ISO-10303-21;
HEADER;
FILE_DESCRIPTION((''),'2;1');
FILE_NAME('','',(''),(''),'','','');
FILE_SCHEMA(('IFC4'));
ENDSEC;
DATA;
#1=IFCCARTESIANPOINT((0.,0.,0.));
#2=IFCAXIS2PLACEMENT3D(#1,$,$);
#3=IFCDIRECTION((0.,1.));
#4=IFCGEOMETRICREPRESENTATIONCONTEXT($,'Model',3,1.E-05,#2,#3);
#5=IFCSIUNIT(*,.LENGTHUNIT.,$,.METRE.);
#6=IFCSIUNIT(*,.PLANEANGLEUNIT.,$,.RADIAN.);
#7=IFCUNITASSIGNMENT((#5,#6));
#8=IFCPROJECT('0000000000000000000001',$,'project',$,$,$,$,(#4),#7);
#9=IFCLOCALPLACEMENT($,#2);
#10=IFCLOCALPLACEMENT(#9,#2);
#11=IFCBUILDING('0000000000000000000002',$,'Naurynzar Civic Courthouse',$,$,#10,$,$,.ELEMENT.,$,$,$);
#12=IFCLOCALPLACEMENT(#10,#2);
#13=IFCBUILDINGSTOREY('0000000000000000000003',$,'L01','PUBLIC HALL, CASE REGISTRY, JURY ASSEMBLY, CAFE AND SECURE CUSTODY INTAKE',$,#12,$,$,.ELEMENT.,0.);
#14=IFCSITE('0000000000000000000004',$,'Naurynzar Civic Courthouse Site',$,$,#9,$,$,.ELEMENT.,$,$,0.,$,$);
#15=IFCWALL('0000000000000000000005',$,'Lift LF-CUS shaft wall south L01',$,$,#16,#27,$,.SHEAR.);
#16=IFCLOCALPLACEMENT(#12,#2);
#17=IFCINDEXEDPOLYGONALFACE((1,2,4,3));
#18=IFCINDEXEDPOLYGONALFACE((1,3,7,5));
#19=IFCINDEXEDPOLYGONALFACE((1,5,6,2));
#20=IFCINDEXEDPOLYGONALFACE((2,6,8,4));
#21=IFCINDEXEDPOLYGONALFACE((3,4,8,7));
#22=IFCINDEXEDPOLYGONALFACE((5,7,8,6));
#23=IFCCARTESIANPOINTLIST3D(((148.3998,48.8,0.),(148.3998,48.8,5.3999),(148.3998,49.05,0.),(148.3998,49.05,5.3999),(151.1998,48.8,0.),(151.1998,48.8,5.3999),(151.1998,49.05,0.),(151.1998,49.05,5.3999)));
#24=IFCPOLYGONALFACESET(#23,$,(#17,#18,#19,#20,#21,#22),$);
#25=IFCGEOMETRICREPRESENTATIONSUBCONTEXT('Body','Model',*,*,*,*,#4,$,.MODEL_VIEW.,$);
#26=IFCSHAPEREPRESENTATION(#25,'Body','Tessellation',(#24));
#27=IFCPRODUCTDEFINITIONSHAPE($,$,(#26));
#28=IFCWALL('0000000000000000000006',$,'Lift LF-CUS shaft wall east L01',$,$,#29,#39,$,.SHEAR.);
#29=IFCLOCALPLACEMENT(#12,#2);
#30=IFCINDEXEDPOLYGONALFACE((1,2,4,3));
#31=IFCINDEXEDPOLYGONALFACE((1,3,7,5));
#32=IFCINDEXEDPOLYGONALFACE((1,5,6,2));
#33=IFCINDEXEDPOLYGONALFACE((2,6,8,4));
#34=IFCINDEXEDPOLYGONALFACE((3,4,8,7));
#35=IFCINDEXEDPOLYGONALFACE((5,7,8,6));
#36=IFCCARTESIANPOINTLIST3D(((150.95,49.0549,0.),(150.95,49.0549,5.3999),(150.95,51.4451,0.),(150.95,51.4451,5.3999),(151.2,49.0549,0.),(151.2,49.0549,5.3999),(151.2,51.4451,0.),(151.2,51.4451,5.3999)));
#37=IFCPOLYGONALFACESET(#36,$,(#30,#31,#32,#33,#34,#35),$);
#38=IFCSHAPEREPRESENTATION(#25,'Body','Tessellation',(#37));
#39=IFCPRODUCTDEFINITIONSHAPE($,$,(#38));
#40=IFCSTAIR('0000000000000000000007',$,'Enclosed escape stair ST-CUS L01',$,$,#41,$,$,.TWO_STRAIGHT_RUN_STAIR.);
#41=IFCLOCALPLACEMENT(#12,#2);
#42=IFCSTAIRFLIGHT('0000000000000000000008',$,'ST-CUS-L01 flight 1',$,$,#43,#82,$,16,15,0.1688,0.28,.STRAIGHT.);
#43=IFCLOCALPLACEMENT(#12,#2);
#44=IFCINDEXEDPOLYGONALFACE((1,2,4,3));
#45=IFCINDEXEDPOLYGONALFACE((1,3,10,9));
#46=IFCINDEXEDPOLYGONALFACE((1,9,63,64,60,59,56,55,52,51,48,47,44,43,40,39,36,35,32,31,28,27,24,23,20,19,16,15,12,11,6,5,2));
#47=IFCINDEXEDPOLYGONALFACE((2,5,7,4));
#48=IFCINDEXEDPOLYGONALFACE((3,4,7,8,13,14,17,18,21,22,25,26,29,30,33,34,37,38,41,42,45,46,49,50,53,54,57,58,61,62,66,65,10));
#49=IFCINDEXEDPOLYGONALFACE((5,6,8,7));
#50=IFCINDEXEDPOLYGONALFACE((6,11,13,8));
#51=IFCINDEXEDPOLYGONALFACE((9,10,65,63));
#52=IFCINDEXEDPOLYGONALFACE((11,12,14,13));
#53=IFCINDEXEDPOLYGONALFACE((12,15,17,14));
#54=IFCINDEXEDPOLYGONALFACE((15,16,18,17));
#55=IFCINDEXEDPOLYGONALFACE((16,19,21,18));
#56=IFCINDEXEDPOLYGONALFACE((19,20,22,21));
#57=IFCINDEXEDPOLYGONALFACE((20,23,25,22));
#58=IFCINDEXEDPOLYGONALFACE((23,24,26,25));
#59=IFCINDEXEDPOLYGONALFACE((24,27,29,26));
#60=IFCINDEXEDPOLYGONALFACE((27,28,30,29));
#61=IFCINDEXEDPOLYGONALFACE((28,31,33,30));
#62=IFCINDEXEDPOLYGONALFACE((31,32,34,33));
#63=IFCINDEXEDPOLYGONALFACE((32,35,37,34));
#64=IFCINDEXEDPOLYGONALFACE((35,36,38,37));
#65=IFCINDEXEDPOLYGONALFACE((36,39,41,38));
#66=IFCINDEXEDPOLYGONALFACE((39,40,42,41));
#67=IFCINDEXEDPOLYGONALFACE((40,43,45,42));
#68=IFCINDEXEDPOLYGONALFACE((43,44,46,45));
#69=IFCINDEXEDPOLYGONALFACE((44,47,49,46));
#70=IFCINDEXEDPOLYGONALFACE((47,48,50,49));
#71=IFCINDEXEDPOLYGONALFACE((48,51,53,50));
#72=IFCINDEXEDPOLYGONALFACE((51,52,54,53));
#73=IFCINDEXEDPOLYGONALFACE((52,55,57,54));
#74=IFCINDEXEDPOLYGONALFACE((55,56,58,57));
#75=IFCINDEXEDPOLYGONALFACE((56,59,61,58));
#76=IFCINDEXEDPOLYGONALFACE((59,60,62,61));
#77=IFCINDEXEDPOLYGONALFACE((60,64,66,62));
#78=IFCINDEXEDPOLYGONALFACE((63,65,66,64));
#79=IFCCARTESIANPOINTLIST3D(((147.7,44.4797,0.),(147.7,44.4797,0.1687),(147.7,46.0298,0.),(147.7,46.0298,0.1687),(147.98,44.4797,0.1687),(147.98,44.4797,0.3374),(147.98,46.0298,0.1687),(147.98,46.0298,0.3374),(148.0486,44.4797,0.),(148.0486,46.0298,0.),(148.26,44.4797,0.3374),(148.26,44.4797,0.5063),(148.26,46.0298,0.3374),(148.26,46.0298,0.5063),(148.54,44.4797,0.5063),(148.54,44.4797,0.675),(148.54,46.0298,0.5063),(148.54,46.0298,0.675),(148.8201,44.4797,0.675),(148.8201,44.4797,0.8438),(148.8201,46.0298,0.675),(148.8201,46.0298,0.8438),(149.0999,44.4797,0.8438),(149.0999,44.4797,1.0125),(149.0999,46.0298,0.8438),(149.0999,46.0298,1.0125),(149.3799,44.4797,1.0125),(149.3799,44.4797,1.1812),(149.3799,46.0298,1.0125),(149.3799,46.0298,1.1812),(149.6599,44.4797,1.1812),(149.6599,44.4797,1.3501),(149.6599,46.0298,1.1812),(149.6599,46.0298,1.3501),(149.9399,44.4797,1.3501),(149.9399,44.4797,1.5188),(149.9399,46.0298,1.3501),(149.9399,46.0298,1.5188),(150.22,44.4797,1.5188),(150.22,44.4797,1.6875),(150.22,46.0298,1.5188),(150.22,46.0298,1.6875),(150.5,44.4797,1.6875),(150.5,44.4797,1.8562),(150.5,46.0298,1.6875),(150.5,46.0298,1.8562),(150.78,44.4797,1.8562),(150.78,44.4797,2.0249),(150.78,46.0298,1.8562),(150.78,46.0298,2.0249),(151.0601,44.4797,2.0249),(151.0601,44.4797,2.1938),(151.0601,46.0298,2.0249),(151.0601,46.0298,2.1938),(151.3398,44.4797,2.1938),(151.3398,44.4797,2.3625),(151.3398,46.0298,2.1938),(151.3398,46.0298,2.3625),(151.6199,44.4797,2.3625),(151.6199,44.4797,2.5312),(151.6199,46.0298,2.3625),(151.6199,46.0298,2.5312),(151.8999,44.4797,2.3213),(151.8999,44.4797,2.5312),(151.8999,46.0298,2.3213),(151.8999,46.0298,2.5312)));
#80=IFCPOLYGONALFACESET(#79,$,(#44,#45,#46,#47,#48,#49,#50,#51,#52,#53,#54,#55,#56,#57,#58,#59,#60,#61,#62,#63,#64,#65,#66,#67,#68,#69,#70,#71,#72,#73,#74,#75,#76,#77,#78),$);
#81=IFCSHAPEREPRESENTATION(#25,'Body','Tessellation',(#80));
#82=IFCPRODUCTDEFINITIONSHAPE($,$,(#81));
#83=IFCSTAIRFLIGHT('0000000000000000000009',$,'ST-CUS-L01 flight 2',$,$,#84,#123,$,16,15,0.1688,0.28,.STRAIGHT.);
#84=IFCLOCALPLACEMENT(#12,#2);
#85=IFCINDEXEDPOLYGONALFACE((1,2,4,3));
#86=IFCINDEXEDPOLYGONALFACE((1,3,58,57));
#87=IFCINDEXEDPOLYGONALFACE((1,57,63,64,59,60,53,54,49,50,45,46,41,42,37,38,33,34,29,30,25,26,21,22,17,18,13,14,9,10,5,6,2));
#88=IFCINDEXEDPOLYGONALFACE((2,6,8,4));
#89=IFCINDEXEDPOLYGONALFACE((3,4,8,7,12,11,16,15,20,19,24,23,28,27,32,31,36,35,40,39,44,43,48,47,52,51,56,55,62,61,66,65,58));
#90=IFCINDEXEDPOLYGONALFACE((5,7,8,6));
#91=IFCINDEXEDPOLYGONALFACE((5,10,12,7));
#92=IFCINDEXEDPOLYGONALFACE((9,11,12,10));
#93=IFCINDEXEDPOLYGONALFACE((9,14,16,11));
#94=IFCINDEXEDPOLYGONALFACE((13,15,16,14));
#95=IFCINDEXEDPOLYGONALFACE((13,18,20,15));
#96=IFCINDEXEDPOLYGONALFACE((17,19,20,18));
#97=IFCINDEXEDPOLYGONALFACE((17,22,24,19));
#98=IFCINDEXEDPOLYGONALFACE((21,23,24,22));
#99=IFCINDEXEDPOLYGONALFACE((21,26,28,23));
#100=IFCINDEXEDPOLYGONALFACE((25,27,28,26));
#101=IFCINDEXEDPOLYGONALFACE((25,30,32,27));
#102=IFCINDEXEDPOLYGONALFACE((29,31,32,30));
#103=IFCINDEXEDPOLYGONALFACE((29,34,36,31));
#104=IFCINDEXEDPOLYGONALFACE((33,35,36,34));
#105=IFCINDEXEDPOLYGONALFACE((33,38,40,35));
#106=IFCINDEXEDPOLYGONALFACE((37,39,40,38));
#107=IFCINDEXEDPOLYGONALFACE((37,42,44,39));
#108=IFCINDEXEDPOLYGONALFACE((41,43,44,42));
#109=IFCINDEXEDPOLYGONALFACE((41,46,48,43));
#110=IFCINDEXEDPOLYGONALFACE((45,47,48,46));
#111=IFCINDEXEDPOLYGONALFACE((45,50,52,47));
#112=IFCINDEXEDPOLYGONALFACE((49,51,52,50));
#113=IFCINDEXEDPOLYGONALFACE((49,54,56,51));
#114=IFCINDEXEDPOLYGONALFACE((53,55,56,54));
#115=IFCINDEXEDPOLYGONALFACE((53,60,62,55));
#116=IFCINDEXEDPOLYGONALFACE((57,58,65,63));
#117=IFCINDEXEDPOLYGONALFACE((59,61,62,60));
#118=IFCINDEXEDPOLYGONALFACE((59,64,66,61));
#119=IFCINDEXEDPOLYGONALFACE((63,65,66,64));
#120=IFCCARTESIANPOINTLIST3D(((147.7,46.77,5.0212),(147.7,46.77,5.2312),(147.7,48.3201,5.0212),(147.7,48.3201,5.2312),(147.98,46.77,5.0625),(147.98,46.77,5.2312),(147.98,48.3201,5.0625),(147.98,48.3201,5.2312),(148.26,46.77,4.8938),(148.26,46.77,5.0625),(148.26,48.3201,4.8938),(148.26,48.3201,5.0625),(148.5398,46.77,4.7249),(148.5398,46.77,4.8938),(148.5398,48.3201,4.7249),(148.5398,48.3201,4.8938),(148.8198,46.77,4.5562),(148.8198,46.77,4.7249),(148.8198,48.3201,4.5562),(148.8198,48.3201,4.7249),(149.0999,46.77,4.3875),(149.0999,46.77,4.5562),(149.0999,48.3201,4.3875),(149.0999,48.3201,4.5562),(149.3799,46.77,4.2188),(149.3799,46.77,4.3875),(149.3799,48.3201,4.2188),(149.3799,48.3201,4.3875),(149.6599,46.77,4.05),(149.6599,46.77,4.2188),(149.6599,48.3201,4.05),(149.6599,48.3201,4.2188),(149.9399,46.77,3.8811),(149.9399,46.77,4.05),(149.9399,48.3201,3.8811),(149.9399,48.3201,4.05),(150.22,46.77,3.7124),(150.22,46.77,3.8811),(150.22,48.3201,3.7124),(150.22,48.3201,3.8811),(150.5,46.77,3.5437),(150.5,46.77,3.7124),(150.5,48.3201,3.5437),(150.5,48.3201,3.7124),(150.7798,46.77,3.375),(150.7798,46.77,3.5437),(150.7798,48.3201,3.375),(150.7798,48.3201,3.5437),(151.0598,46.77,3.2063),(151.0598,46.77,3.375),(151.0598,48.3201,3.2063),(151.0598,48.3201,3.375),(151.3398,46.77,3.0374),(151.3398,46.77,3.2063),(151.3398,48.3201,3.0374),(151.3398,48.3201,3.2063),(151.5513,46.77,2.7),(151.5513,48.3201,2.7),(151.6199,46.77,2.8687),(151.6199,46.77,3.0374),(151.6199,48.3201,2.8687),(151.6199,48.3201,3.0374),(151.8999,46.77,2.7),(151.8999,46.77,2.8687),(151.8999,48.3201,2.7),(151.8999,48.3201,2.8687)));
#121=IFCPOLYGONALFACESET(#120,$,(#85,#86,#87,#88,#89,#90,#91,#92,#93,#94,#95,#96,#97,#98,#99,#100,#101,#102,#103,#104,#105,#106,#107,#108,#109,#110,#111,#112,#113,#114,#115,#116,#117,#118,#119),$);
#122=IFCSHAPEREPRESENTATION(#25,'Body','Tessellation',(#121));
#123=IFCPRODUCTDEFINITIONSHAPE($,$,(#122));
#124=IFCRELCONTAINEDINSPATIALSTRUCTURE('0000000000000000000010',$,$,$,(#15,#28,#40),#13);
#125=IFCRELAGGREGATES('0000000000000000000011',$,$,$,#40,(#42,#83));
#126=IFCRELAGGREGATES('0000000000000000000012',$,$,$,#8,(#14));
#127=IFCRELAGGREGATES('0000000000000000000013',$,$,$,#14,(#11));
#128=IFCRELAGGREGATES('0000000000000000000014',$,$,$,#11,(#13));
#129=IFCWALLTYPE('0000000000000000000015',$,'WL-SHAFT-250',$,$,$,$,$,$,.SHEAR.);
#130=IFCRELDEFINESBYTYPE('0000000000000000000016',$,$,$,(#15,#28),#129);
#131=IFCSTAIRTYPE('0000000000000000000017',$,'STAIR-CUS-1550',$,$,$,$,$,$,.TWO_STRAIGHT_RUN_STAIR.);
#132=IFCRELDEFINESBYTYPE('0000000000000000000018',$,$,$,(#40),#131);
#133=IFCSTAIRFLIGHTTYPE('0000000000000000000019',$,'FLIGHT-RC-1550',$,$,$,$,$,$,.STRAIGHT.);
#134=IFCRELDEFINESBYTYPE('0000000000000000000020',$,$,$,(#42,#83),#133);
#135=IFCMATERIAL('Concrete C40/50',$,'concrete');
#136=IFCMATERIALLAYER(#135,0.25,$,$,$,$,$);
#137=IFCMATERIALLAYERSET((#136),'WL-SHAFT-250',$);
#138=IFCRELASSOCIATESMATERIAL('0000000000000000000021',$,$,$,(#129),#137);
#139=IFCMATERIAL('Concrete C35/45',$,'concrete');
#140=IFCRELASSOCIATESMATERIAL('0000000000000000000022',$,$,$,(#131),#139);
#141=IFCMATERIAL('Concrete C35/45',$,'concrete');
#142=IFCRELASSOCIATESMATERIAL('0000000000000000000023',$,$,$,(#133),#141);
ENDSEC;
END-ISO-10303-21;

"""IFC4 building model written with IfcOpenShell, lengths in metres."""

from ifc_helpers import new_model, si_unit, direction, frame, frame_2d, origin, place, context, subcontext, project, spatial, polyline, rectangle, outline, extrude, material, layer, layer_set, type_object, element, aggregate, save


model = new_model("IFC4")

# Units and contexts
model_context = context("Model", 3, precision=1e-05, world=origin(), true_north=direction((0.0, 1.0)))
body_context = subcontext(model_context, "Body", "Model", "MODEL_VIEW")
ifc_project = project(units=[si_unit("LENGTHUNIT", "METRE"), si_unit("PLANEANGLEUNIT", "RADIAN")], contexts=[model_context])

# Site, building, storey
site_placement = place(None, origin())
site = spatial("IfcSite", under=ifc_project, at=site_placement, Name="Naurynzar Civic Courthouse Site", CompositionType="ELEMENT", RefElevation=0.0)
building_placement = place(site_placement, origin())
building = spatial("IfcBuilding", under=site, at=building_placement, Name="Naurynzar Civic Courthouse", CompositionType="ELEMENT")
storey_placement = place(building_placement, origin())
storey = spatial("IfcBuildingStorey", under=building, at=storey_placement, Name="L01", Description="PUBLIC HALL, CASE REGISTRY, JURY ASSEMBLY, CAFE AND SECURE CUSTODY INTAKE", CompositionType="ELEMENT", Elevation=0.0)

# Wall
ifc_material_1 = material(Name="Concrete C40/50", Category="concrete")
ifc_layer_1 = layer(ifc_material_1, 0.25)
ifc_layer_set_1 = layer_set([ifc_layer_1], Name="WL-SHAFT-250")
wall_type_1 = type_object("IfcWallType", Name="WL-SHAFT-250", PredefinedType="SHEAR", material=ifc_layer_set_1)
wall_1_placement = place(storey_placement, frame((148.3999, 48.925, 0.0), z_axis=(0.0, 0.0, 1.0), x_axis=(1.0, 0.0, 0.0)))
element("IfcWall", 1, at=wall_1_placement, inside=storey, type_object=wall_type_1, Name="Lift LF-CUS shaft wall south L01", PredefinedType="SHEAR", context=body_context, shape_type="SweptSolid", body=[
    extrude(rectangle(XDim=2.8, YDim=0.25, at=frame_2d((1.3999, 0.0))), origin(), (0.0, 0.0, 1.0), 5.3999),
])

# Wall
wall_2_placement = place(storey_placement, frame((151.075, 49.0549, 0.0), z_axis=(0.0, 0.0, 1.0), x_axis=(0.0, 1.0, 0.0)))
element("IfcWall", 2, at=wall_2_placement, inside=storey, type_object=wall_type_1, Name="Lift LF-CUS shaft wall east L01", PredefinedType="SHEAR", context=body_context, shape_type="SweptSolid", body=[
    extrude(rectangle(XDim=2.3901, YDim=0.25, at=frame_2d((1.1951, 0.0))), origin(), (0.0, 0.0, 1.0), 5.3999),
])

# Stair, stair flights
ifc_material_2 = material(Name="Concrete C35/45", Category="concrete")
stair_type = type_object("IfcStairType", Name="STAIR-CUS-1550", PredefinedType="TWO_STRAIGHT_RUN_STAIR", material=ifc_material_2)
stair_placement = place(storey_placement, origin())
stair = element("IfcStair", 3, at=stair_placement, inside=storey, type_object=stair_type, Name="Enclosed escape stair ST-CUS L01", PredefinedType="TWO_STRAIGHT_RUN_STAIR")
ifc_material_3 = material(Name="Concrete C35/45", Category="concrete")
stair_flight_type = type_object("IfcStairFlightType", Name="FLIGHT-RC-1550", PredefinedType="STRAIGHT", material=ifc_material_3)
stair_flight_1_placement = place(storey_placement, frame((147.7, 45.2549, 0.0), z_axis=(0.0, 0.0, 1.0), x_axis=(1.0, 0.0, 0.0)))
stair_flight_1 = element("IfcStairFlight", 4, at=stair_flight_1_placement, type_object=stair_flight_type, Name="ST-CUS-L01 flight 1", NumberOfRisers=16, NumberOfTreads=15, PredefinedType="STRAIGHT", RiserHeight=0.1688, TreadLength=0.28, context=body_context, shape_type="SweptSolid", body=[
    extrude(outline(polyline([(0.0, 0.0), (0.0, 0.1687), (0.28, 0.1687), (0.28, 0.3374), (0.5601, 0.3374), (0.5601, 0.5063), (0.8401, 0.5063), (0.8401, 0.675), (1.1201, 0.675), (1.1201, 0.8438), (1.3999, 0.8438), (1.3999, 1.0125), (1.6799, 1.0125), (1.6799, 1.1812), (1.96, 1.1812), (1.96, 1.3501), (2.24, 1.3501), (2.24, 1.5188), (2.52, 1.5188), (2.52, 1.6875), (2.8, 1.6875), (2.8, 1.8562), (3.0801, 1.8562), (3.0801, 2.0249), (3.3601, 2.0249), (3.3601, 2.1938), (3.6399, 2.1938), (3.6399, 2.3625), (3.9199, 2.3625), (3.9199, 2.5312), (4.2, 2.5312), (4.2, 2.7), (4.2, 2.3213), (0.3486, 0.0), (0.0, 0.0)])), frame((0.0, 0.7749, 0.0), z_axis=(0.0, -1.0, 0.0), x_axis=(1.0, 0.0, 0.0)), (0.0, 0.0, 1.0), 1.55),
])
stair_flight_2_placement = place(storey_placement, frame((151.8999, 47.5449, 2.7), z_axis=(0.0, 0.0, 1.0), x_axis=(-1.0, 0.0, 0.0)))
stair_flight_2 = element("IfcStairFlight", 5, at=stair_flight_2_placement, type_object=stair_flight_type, Name="ST-CUS-L01 flight 2", NumberOfRisers=16, NumberOfTreads=15, PredefinedType="STRAIGHT", RiserHeight=0.1688, TreadLength=0.28, context=body_context, shape_type="SweptSolid", body=[
    extrude(outline(polyline([(0.0, 0.0), (0.0, 0.1687), (0.28, 0.1687), (0.28, 0.3374), (0.5601, 0.3374), (0.5601, 0.5063), (0.8401, 0.5063), (0.8401, 0.675), (1.1201, 0.675), (1.1201, 0.8438), (1.3999, 0.8438), (1.3999, 1.0125), (1.6799, 1.0125), (1.6799, 1.1812), (1.96, 1.1812), (1.96, 1.3501), (2.24, 1.3501), (2.24, 1.5188), (2.52, 1.5188), (2.52, 1.6875), (2.8, 1.6875), (2.8, 1.8562), (3.0801, 1.8562), (3.0801, 2.0249), (3.3601, 2.0249), (3.3601, 2.1938), (3.6399, 2.1938), (3.6399, 2.3625), (3.9199, 2.3625), (3.9199, 2.5312), (4.2, 2.5312), (4.2, 2.7), (4.2, 2.3213), (0.3486, 0.0), (0.0, 0.0)])), frame((0.0, 0.7749, 0.0), z_axis=(0.0, -1.0, 0.0), x_axis=(1.0, 0.0, 0.0)), (0.0, 0.0, 1.0), 1.55),
])
aggregate(stair, [stair_flight_1, stair_flight_2])

save(model, "model.ifc")
